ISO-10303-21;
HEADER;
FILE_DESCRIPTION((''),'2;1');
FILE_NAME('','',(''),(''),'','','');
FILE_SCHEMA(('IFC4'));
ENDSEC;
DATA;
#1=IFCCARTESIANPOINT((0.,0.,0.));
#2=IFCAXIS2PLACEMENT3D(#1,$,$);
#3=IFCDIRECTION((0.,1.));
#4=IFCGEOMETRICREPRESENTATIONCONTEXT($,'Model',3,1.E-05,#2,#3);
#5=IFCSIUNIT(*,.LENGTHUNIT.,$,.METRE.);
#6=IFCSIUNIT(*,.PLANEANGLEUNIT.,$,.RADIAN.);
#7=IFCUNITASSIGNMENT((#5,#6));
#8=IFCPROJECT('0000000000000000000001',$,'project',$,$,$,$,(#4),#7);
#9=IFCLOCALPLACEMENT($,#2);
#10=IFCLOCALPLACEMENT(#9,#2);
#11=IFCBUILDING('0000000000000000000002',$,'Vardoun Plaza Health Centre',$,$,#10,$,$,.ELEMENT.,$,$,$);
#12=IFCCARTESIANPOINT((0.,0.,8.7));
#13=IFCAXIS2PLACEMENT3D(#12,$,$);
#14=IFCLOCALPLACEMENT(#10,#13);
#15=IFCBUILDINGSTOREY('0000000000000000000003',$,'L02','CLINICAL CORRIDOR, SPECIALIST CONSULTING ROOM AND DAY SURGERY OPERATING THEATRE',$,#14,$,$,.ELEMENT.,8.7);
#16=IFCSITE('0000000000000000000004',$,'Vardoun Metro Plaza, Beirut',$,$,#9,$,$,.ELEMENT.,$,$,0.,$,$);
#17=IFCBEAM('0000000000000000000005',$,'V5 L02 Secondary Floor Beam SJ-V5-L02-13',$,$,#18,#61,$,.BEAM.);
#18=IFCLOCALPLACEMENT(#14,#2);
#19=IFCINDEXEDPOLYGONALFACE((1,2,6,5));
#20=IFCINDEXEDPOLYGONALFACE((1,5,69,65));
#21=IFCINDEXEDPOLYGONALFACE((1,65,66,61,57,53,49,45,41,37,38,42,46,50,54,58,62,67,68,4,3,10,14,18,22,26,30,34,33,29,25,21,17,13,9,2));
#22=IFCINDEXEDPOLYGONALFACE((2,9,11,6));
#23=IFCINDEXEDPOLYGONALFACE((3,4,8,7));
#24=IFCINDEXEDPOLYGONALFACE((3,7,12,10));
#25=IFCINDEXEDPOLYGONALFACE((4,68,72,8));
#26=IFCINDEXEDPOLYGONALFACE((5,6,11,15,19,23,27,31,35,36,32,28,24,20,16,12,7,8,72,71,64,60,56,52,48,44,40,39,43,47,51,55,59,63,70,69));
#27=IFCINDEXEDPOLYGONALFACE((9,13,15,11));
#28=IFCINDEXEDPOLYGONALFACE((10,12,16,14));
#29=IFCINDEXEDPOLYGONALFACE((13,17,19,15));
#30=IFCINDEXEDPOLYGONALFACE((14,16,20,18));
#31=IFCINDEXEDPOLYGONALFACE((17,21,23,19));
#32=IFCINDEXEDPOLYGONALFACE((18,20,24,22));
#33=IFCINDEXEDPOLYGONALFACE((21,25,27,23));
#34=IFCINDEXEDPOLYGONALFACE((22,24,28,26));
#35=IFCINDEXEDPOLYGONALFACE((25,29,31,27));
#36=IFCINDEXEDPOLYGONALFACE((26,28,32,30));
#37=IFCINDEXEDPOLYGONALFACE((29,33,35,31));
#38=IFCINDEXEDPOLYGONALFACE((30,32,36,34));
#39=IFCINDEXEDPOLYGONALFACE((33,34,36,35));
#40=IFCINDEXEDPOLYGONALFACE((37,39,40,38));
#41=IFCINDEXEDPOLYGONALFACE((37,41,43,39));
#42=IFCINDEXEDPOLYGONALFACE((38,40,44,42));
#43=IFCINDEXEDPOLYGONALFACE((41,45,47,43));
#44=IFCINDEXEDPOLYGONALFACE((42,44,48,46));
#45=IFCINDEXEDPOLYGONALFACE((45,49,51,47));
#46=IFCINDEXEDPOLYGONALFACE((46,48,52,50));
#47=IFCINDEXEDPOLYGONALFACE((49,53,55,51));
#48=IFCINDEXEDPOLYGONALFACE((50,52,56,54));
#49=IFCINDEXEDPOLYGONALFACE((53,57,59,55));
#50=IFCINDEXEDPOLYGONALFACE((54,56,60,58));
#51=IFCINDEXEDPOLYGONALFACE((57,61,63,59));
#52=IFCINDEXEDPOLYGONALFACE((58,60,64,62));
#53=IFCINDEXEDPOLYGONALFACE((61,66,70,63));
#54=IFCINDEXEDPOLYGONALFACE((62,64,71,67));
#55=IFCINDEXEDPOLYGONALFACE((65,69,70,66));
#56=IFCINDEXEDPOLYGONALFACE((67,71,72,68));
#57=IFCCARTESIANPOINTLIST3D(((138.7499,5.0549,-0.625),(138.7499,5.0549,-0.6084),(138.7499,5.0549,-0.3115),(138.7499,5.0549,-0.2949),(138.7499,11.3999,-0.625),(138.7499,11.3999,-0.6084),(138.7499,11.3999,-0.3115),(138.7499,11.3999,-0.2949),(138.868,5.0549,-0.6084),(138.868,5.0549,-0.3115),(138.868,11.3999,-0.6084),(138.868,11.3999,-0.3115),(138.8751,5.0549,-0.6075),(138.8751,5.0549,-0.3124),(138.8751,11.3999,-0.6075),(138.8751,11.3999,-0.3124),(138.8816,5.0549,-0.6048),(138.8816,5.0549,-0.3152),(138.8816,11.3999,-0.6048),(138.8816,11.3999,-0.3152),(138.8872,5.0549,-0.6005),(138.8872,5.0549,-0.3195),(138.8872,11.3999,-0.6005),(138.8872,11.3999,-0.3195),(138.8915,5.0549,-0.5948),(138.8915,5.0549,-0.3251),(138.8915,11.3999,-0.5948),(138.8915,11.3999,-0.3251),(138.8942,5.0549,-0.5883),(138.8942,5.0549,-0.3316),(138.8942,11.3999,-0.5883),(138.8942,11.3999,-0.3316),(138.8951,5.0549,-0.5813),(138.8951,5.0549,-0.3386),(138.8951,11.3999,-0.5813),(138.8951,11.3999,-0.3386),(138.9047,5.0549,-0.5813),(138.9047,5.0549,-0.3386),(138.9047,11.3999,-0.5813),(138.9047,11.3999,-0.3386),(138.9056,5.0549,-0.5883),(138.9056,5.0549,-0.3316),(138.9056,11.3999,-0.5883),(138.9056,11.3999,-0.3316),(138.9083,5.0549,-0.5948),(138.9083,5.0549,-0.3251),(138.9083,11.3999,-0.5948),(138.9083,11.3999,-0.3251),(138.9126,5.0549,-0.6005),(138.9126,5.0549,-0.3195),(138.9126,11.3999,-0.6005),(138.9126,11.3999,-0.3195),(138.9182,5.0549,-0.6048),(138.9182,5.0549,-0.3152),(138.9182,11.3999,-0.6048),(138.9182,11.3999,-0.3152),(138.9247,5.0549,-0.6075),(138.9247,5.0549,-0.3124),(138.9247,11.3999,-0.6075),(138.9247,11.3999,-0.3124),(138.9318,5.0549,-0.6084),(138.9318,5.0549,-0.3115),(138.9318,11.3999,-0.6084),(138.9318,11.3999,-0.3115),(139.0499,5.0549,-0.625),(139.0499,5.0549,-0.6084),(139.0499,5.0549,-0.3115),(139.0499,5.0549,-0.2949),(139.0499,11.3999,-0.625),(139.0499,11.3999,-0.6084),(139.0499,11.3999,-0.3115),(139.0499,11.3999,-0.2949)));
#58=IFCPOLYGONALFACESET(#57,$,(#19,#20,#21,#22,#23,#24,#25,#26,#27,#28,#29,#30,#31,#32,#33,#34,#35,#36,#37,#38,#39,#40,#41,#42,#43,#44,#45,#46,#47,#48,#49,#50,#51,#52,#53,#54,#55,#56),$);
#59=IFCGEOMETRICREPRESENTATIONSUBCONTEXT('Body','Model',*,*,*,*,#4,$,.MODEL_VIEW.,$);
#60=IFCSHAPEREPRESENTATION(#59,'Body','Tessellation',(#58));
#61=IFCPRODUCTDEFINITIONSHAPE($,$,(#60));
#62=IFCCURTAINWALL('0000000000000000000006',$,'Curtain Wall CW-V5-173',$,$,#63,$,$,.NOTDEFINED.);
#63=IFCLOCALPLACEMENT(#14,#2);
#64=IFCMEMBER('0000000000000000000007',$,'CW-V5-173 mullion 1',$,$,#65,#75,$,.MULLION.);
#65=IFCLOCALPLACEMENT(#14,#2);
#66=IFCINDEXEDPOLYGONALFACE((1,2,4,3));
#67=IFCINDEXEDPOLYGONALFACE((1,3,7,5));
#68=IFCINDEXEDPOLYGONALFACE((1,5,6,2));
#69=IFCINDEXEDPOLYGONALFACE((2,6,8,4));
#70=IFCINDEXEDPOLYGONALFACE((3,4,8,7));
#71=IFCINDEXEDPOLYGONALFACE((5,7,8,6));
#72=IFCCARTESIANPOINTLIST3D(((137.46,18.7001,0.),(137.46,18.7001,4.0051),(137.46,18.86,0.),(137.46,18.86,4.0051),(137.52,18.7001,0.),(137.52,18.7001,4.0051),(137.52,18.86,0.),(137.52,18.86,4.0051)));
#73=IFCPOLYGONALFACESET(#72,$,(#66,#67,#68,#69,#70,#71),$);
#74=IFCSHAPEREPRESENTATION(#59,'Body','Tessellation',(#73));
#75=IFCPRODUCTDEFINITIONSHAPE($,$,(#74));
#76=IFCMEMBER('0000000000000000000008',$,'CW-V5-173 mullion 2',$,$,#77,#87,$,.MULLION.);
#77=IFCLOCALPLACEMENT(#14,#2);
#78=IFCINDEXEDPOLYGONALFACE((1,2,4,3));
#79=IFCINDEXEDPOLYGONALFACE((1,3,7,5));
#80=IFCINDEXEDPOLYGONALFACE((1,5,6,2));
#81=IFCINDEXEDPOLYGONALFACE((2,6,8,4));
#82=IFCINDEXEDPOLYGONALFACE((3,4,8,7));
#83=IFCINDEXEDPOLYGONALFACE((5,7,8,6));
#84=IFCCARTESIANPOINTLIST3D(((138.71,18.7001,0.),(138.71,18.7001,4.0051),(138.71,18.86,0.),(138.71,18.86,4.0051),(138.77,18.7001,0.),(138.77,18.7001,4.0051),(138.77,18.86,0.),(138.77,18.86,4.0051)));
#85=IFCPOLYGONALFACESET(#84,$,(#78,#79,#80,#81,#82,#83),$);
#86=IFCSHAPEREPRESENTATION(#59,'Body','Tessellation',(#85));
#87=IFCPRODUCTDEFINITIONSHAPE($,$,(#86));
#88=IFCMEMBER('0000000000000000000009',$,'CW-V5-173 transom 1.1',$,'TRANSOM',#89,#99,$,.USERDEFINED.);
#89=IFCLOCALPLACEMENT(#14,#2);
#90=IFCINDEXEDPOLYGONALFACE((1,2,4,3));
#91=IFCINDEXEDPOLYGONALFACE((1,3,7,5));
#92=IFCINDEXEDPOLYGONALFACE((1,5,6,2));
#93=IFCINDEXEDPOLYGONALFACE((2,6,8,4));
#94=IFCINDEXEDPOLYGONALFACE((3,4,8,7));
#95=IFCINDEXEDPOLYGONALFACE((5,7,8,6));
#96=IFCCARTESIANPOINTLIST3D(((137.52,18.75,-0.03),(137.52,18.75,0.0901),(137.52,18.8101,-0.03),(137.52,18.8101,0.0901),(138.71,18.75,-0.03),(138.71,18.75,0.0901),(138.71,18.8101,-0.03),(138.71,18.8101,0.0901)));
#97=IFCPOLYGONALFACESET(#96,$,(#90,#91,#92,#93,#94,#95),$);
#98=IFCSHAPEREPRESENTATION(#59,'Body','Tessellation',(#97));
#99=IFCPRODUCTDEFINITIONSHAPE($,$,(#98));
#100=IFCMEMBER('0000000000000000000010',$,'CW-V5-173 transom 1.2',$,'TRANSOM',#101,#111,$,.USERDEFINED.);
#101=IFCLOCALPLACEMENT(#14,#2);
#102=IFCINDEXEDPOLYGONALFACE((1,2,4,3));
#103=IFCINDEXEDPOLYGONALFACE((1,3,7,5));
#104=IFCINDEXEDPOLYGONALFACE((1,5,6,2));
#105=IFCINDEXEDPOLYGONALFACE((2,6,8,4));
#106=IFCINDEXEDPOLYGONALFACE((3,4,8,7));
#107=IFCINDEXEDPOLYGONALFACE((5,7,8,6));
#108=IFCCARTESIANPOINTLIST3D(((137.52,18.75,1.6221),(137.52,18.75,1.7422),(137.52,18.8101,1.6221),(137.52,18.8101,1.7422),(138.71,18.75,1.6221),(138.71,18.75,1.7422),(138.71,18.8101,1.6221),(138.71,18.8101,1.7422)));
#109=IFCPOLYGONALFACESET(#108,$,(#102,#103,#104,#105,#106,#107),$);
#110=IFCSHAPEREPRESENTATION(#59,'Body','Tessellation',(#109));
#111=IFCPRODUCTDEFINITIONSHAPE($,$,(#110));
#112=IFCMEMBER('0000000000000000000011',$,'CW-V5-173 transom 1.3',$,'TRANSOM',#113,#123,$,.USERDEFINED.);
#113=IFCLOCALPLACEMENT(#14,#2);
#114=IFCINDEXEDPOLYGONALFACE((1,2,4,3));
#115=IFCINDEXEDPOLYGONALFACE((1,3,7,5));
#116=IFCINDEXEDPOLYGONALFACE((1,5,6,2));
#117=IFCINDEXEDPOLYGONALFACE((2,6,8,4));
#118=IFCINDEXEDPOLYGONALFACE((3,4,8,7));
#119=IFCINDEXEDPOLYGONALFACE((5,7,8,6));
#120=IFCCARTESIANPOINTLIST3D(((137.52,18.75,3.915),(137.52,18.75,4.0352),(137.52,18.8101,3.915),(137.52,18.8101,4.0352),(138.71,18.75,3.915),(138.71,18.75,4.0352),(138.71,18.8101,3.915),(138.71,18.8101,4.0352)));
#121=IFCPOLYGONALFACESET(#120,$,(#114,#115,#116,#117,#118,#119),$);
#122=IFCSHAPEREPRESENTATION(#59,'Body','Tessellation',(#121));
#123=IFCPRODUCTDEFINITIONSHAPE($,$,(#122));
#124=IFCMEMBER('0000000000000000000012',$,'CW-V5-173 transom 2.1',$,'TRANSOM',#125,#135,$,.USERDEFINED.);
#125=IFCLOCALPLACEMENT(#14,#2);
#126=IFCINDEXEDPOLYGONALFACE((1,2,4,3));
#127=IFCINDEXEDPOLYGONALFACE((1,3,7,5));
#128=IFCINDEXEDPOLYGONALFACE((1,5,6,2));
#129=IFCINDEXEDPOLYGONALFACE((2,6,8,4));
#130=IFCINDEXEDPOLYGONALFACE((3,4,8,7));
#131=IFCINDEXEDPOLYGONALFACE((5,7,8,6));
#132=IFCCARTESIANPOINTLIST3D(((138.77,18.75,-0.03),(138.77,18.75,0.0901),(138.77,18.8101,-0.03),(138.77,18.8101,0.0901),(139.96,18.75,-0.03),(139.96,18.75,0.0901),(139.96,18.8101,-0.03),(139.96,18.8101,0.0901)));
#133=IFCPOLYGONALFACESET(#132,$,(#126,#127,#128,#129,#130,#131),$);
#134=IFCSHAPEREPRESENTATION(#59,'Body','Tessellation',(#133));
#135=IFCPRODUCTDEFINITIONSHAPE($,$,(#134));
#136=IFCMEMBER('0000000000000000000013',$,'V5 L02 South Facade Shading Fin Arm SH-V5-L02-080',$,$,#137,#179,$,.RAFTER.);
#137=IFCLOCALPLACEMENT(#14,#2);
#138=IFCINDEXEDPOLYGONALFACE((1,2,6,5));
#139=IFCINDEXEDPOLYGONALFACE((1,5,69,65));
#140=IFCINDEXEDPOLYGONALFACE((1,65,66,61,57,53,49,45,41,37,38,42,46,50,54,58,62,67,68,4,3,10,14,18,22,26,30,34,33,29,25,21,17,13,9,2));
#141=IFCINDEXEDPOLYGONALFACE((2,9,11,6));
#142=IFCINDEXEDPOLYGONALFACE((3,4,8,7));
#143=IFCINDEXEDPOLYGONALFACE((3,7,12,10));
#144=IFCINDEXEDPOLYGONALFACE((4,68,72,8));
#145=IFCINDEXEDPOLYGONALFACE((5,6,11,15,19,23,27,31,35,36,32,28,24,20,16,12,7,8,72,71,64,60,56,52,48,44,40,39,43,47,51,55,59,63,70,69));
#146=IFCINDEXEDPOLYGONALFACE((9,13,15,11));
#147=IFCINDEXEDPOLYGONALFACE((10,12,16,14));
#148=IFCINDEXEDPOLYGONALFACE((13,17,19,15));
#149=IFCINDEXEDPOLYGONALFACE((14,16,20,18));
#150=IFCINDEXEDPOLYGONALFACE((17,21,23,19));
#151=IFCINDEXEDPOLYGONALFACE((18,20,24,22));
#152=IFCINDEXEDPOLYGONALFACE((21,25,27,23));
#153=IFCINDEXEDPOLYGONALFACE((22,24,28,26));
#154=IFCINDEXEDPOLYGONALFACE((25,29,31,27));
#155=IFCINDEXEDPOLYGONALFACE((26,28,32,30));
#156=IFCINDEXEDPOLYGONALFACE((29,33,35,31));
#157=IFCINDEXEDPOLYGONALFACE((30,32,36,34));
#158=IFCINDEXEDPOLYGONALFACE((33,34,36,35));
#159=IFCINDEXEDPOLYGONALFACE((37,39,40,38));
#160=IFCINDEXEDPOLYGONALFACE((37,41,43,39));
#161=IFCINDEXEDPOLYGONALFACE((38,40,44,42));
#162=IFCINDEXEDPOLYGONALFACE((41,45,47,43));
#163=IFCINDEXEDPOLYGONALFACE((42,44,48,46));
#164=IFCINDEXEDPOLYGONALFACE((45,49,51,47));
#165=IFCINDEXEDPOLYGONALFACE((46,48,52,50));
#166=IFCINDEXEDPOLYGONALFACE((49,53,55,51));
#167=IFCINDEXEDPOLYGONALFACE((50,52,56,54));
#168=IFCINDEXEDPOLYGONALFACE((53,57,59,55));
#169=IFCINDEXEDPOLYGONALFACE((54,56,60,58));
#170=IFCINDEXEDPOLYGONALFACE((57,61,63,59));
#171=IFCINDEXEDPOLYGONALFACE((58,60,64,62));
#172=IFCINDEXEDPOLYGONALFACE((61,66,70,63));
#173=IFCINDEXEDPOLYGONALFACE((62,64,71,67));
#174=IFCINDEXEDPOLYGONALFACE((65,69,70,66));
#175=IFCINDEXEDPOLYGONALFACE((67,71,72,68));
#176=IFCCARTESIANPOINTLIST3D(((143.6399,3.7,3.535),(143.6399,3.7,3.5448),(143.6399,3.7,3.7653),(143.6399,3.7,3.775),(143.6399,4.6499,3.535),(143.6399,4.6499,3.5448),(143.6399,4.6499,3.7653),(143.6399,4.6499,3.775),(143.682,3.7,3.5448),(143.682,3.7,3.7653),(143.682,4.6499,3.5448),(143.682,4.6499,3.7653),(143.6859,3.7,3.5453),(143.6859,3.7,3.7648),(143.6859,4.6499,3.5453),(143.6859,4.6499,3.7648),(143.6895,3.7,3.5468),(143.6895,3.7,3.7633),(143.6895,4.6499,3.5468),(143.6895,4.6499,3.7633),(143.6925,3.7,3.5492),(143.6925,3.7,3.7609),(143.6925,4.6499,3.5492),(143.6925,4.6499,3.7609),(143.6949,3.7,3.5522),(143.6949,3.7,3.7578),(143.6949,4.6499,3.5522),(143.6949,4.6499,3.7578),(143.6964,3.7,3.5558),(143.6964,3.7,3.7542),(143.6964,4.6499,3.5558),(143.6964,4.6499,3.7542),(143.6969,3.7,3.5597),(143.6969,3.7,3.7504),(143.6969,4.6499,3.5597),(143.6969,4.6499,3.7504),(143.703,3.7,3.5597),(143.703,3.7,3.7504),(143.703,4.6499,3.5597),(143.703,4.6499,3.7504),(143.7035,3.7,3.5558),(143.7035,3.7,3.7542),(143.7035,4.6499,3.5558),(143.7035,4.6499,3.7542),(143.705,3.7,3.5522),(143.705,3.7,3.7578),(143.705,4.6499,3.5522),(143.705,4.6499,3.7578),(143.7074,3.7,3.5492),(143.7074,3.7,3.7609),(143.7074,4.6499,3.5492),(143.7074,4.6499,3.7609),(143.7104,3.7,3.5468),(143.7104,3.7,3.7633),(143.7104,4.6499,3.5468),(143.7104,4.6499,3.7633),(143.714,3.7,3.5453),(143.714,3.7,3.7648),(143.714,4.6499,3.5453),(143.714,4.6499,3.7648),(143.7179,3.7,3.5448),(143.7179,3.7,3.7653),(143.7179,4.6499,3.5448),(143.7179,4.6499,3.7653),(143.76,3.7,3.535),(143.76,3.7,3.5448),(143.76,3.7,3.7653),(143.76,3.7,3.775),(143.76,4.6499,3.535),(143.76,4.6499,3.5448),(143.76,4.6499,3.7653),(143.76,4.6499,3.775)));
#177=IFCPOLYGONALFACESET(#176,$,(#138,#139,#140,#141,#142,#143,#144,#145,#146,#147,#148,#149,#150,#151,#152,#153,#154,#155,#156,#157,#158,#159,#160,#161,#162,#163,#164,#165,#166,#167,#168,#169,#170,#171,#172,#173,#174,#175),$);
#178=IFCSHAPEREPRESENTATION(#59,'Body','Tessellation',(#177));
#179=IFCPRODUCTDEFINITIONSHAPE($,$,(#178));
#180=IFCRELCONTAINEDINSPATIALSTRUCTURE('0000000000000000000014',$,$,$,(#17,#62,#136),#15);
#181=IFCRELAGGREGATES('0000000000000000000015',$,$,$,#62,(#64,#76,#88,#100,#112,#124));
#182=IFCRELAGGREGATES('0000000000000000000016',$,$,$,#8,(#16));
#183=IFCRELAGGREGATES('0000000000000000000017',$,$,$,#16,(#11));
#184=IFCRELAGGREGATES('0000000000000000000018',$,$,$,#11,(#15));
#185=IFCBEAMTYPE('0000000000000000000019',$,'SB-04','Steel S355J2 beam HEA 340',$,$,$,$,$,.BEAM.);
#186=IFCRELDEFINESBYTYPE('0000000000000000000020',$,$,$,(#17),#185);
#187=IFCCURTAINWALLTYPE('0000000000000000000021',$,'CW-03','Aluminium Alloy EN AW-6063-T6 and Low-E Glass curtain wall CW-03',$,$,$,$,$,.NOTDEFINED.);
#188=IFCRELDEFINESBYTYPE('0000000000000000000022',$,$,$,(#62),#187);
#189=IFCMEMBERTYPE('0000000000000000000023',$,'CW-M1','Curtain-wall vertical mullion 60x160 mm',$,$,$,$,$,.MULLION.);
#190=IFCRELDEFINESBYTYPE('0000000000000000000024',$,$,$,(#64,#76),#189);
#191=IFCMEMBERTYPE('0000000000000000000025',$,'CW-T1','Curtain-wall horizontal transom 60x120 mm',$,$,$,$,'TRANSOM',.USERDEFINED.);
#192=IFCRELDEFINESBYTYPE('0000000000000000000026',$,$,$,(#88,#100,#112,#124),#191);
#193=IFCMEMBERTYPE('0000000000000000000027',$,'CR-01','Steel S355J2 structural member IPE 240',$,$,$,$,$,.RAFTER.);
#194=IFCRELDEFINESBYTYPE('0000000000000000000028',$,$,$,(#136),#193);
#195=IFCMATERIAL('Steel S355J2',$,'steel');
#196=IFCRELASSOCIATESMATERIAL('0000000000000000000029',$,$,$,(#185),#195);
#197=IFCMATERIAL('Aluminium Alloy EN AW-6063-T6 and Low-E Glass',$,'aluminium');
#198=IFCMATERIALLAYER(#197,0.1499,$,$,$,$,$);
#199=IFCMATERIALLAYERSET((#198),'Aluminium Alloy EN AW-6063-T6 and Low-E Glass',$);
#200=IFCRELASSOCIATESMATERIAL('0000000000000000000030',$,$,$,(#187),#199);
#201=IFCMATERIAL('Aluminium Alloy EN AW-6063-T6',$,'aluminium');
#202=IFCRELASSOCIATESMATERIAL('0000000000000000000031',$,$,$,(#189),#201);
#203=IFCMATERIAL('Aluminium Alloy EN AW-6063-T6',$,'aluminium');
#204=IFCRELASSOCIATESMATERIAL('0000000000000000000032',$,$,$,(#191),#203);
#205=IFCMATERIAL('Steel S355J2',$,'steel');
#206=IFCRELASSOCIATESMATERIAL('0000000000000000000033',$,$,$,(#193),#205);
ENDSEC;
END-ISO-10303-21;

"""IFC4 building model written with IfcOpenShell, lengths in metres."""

from ifc_helpers import new_model, si_unit, direction, frame, origin, origin_2d, place, context, subcontext, project, spatial, rectangle, i_section, extrude, material, layer, layer_set, material_profile, profile_set, type_object, element, aggregate, save


model = new_model("IFC4")

# Units and contexts
model_context = context("Model", 3, precision=1e-05, world=origin(), true_north=direction((0.0, 1.0)))
body_context = subcontext(model_context, "Body", "Model", "MODEL_VIEW")
ifc_project = project(units=[si_unit("LENGTHUNIT", "METRE"), si_unit("PLANEANGLEUNIT", "RADIAN")], contexts=[model_context])

# Site, building, storey
site_placement = place(None, origin())
site = spatial("IfcSite", under=ifc_project, at=site_placement, Name="Vardoun Metro Plaza, Beirut", CompositionType="ELEMENT", RefElevation=0.0)
building_placement = place(site_placement, origin())
building = spatial("IfcBuilding", under=site, at=building_placement, Name="Vardoun Plaza Health Centre", CompositionType="ELEMENT")
storey_placement = place(building_placement, frame((0.0, 0.0, 8.7)))
storey = spatial("IfcBuildingStorey", under=building, at=storey_placement, Name="L02", Description="CLINICAL CORRIDOR, SPECIALIST CONSULTING ROOM AND DAY SURGERY OPERATING THEATRE", CompositionType="ELEMENT", Elevation=8.7)

# Beam
ifc_material_1 = material(Name="Steel S355J2", Category="steel")
ifc_material_profile_1 = material_profile(ifc_material_1, i_section(OverallWidth=0.3, OverallDepth=0.3301, WebThickness=0.0095, FlangeThickness=0.0166, FilletRadius=0.0271, at=origin_2d()), Name="HEA 340")
ifc_profile_set_1 = profile_set([ifc_material_profile_1], Name="Steel S355J2")
beam_type_1 = type_object("IfcBeamType", Name="SB-04", Description="Steel S355J2 beam HEA 340", PredefinedType="BEAM", material=ifc_profile_set_1)
beam_1_placement = place(storey_placement, frame((138.8999, 5.0549, -0.46), z_axis=(0.0, 1.0, 0.0), x_axis=(-1.0, 0.0, 0.0)))
element("IfcBeam", 1, at=beam_1_placement, inside=storey, type_object=beam_type_1, Name="V5 L02 Secondary Floor Beam SJ-V5-L02-13", PredefinedType="BEAM", context=body_context, shape_type="SweptSolid", body=[
    extrude(i_section(OverallWidth=0.3, OverallDepth=0.3301, WebThickness=0.0095, FlangeThickness=0.0166, FilletRadius=0.0271, at=origin_2d()), origin(), (0.0, 0.0, 1.0), 6.345),
])

# Curtain wall, members
ifc_material_2 = material(Name="Aluminium Alloy EN AW-6063-T6 and Low-E Glass", Category="aluminium")
ifc_layer_1 = layer(ifc_material_2, 0.1499)
ifc_layer_set_1 = layer_set([ifc_layer_1], Name="Aluminium Alloy EN AW-6063-T6 and Low-E Glass")
curtain_wall_type = type_object("IfcCurtainWallType", Name="CW-03", Description="Aluminium Alloy EN AW-6063-T6 and Low-E Glass curtain wall CW-03", PredefinedType="NOTDEFINED", material=ifc_layer_set_1)
curtain_wall_placement = place(storey_placement, origin())
curtain_wall = element("IfcCurtainWall", 2, at=curtain_wall_placement, inside=storey, type_object=curtain_wall_type, Name="Curtain Wall CW-V5-173", PredefinedType="NOTDEFINED")
ifc_material_3 = material(Name="Aluminium Alloy EN AW-6063-T6", Category="aluminium")
ifc_material_profile_2 = material_profile(ifc_material_3, rectangle(XDim=0.1599, YDim=0.0601, at=origin_2d()), Name="CWM 60x160")
ifc_profile_set_2 = profile_set([ifc_material_profile_2], Name="Aluminium Alloy EN AW-6063-T6")
member_type_1 = type_object("IfcMemberType", Name="CW-M1", Description="Curtain-wall vertical mullion 60x160 mm", PredefinedType="MULLION", material=ifc_profile_set_2)
member_1_placement = place(storey_placement, frame((137.49, 18.78, 0.0), z_axis=(0.0, 0.0, 1.0), x_axis=(0.0, 1.0, 0.0)))
member_1 = element("IfcMember", 3, at=member_1_placement, type_object=member_type_1, Name="CW-V5-173 mullion 1", PredefinedType="MULLION", context=body_context, shape_type="SweptSolid", body=[
    extrude(rectangle(XDim=0.1599, YDim=0.0601, at=origin_2d()), origin(), (0.0, 0.0, 1.0), 4.0051),
])
member_2_placement = place(storey_placement, frame((138.74, 18.78, 0.0), z_axis=(0.0, 0.0, 1.0), x_axis=(0.0, 1.0, 0.0)))
member_2 = element("IfcMember", 4, at=member_2_placement, type_object=member_type_1, Name="CW-V5-173 mullion 2", PredefinedType="MULLION", context=body_context, shape_type="SweptSolid", body=[
    extrude(rectangle(XDim=0.1599, YDim=0.0601, at=origin_2d()), origin(), (0.0, 0.0, 1.0), 4.0051),
])
ifc_material_4 = material(Name="Aluminium Alloy EN AW-6063-T6", Category="aluminium")
ifc_material_profile_3 = material_profile(ifc_material_4, rectangle(XDim=0.0601, YDim=0.1201, at=origin_2d()), Name="CWT 60x120")
ifc_profile_set_3 = profile_set([ifc_material_profile_3], Name="Aluminium Alloy EN AW-6063-T6")
member_type_2 = type_object("IfcMemberType", Name="CW-T1", Description="Curtain-wall horizontal transom 60x120 mm", ElementType="TRANSOM", PredefinedType="USERDEFINED", material=ifc_profile_set_3)
member_3_placement = place(storey_placement, frame((137.52, 18.78, 0.03), z_axis=(1.0, 0.0, 0.0), x_axis=(0.0, 1.0, 0.0)))
member_3 = element("IfcMember", 5, at=member_3_placement, type_object=member_type_2, Name="CW-V5-173 transom 1.1", ObjectType="TRANSOM", PredefinedType="USERDEFINED", context=body_context, shape_type="SweptSolid", body=[
    extrude(rectangle(XDim=0.0601, YDim=0.1201, at=origin_2d()), origin(), (0.0, 0.0, 1.0), 1.1899),
])
member_4_placement = place(storey_placement, frame((137.52, 18.78, 1.6821), z_axis=(1.0, 0.0, 0.0), x_axis=(0.0, 1.0, 0.0)))
member_4 = element("IfcMember", 6, at=member_4_placement, type_object=member_type_2, Name="CW-V5-173 transom 1.2", ObjectType="TRANSOM", PredefinedType="USERDEFINED", context=body_context, shape_type="SweptSolid", body=[
    extrude(rectangle(XDim=0.0601, YDim=0.1201, at=origin_2d()), origin(), (0.0, 0.0, 1.0), 1.1899),
])
member_5_placement = place(storey_placement, frame((137.52, 18.78, 3.9751), z_axis=(1.0, 0.0, 0.0), x_axis=(0.0, 1.0, 0.0)))
member_5 = element("IfcMember", 7, at=member_5_placement, type_object=member_type_2, Name="CW-V5-173 transom 1.3", ObjectType="TRANSOM", PredefinedType="USERDEFINED", context=body_context, shape_type="SweptSolid", body=[
    extrude(rectangle(XDim=0.0601, YDim=0.1201, at=origin_2d()), origin(), (0.0, 0.0, 1.0), 1.1899),
])
member_6_placement = place(storey_placement, frame((138.77, 18.78, 0.03), z_axis=(1.0, 0.0, 0.0), x_axis=(0.0, 1.0, 0.0)))
member_6 = element("IfcMember", 8, at=member_6_placement, type_object=member_type_2, Name="CW-V5-173 transom 2.1", ObjectType="TRANSOM", PredefinedType="USERDEFINED", context=body_context, shape_type="SweptSolid", body=[
    extrude(rectangle(XDim=0.0601, YDim=0.1201, at=origin_2d()), origin(), (0.0, 0.0, 1.0), 1.1899),
])

# Member
ifc_material_5 = material(Name="Steel S355J2", Category="steel")
ifc_material_profile_4 = material_profile(ifc_material_5, i_section(OverallWidth=0.1201, OverallDepth=0.24, WebThickness=0.0061, FlangeThickness=0.0098, FilletRadius=0.0149, at=origin_2d()), Name="IPE 240")
ifc_profile_set_4 = profile_set([ifc_material_profile_4], Name="Steel S355J2")
member_type_3 = type_object("IfcMemberType", Name="CR-01", Description="Steel S355J2 structural member IPE 240", PredefinedType="RAFTER", material=ifc_profile_set_4)
member_7_placement = place(storey_placement, frame((143.7, 4.6499, 3.655), z_axis=(0.0, -1.0, 0.0), x_axis=(1.0, 0.0, 0.0)))
element("IfcMember", 9, at=member_7_placement, inside=storey, type_object=member_type_3, Name="V5 L02 South Facade Shading Fin Arm SH-V5-L02-080", PredefinedType="RAFTER", context=body_context, shape_type="SweptSolid", body=[
    extrude(i_section(OverallWidth=0.1201, OverallDepth=0.24, WebThickness=0.0061, FlangeThickness=0.0098, FilletRadius=0.0149, at=origin_2d()), origin(), (0.0, 0.0, 1.0), 0.95),
])

aggregate(curtain_wall, [member_1, member_2, member_3, member_4, member_5, member_6])

save(model, "model.ifc")
